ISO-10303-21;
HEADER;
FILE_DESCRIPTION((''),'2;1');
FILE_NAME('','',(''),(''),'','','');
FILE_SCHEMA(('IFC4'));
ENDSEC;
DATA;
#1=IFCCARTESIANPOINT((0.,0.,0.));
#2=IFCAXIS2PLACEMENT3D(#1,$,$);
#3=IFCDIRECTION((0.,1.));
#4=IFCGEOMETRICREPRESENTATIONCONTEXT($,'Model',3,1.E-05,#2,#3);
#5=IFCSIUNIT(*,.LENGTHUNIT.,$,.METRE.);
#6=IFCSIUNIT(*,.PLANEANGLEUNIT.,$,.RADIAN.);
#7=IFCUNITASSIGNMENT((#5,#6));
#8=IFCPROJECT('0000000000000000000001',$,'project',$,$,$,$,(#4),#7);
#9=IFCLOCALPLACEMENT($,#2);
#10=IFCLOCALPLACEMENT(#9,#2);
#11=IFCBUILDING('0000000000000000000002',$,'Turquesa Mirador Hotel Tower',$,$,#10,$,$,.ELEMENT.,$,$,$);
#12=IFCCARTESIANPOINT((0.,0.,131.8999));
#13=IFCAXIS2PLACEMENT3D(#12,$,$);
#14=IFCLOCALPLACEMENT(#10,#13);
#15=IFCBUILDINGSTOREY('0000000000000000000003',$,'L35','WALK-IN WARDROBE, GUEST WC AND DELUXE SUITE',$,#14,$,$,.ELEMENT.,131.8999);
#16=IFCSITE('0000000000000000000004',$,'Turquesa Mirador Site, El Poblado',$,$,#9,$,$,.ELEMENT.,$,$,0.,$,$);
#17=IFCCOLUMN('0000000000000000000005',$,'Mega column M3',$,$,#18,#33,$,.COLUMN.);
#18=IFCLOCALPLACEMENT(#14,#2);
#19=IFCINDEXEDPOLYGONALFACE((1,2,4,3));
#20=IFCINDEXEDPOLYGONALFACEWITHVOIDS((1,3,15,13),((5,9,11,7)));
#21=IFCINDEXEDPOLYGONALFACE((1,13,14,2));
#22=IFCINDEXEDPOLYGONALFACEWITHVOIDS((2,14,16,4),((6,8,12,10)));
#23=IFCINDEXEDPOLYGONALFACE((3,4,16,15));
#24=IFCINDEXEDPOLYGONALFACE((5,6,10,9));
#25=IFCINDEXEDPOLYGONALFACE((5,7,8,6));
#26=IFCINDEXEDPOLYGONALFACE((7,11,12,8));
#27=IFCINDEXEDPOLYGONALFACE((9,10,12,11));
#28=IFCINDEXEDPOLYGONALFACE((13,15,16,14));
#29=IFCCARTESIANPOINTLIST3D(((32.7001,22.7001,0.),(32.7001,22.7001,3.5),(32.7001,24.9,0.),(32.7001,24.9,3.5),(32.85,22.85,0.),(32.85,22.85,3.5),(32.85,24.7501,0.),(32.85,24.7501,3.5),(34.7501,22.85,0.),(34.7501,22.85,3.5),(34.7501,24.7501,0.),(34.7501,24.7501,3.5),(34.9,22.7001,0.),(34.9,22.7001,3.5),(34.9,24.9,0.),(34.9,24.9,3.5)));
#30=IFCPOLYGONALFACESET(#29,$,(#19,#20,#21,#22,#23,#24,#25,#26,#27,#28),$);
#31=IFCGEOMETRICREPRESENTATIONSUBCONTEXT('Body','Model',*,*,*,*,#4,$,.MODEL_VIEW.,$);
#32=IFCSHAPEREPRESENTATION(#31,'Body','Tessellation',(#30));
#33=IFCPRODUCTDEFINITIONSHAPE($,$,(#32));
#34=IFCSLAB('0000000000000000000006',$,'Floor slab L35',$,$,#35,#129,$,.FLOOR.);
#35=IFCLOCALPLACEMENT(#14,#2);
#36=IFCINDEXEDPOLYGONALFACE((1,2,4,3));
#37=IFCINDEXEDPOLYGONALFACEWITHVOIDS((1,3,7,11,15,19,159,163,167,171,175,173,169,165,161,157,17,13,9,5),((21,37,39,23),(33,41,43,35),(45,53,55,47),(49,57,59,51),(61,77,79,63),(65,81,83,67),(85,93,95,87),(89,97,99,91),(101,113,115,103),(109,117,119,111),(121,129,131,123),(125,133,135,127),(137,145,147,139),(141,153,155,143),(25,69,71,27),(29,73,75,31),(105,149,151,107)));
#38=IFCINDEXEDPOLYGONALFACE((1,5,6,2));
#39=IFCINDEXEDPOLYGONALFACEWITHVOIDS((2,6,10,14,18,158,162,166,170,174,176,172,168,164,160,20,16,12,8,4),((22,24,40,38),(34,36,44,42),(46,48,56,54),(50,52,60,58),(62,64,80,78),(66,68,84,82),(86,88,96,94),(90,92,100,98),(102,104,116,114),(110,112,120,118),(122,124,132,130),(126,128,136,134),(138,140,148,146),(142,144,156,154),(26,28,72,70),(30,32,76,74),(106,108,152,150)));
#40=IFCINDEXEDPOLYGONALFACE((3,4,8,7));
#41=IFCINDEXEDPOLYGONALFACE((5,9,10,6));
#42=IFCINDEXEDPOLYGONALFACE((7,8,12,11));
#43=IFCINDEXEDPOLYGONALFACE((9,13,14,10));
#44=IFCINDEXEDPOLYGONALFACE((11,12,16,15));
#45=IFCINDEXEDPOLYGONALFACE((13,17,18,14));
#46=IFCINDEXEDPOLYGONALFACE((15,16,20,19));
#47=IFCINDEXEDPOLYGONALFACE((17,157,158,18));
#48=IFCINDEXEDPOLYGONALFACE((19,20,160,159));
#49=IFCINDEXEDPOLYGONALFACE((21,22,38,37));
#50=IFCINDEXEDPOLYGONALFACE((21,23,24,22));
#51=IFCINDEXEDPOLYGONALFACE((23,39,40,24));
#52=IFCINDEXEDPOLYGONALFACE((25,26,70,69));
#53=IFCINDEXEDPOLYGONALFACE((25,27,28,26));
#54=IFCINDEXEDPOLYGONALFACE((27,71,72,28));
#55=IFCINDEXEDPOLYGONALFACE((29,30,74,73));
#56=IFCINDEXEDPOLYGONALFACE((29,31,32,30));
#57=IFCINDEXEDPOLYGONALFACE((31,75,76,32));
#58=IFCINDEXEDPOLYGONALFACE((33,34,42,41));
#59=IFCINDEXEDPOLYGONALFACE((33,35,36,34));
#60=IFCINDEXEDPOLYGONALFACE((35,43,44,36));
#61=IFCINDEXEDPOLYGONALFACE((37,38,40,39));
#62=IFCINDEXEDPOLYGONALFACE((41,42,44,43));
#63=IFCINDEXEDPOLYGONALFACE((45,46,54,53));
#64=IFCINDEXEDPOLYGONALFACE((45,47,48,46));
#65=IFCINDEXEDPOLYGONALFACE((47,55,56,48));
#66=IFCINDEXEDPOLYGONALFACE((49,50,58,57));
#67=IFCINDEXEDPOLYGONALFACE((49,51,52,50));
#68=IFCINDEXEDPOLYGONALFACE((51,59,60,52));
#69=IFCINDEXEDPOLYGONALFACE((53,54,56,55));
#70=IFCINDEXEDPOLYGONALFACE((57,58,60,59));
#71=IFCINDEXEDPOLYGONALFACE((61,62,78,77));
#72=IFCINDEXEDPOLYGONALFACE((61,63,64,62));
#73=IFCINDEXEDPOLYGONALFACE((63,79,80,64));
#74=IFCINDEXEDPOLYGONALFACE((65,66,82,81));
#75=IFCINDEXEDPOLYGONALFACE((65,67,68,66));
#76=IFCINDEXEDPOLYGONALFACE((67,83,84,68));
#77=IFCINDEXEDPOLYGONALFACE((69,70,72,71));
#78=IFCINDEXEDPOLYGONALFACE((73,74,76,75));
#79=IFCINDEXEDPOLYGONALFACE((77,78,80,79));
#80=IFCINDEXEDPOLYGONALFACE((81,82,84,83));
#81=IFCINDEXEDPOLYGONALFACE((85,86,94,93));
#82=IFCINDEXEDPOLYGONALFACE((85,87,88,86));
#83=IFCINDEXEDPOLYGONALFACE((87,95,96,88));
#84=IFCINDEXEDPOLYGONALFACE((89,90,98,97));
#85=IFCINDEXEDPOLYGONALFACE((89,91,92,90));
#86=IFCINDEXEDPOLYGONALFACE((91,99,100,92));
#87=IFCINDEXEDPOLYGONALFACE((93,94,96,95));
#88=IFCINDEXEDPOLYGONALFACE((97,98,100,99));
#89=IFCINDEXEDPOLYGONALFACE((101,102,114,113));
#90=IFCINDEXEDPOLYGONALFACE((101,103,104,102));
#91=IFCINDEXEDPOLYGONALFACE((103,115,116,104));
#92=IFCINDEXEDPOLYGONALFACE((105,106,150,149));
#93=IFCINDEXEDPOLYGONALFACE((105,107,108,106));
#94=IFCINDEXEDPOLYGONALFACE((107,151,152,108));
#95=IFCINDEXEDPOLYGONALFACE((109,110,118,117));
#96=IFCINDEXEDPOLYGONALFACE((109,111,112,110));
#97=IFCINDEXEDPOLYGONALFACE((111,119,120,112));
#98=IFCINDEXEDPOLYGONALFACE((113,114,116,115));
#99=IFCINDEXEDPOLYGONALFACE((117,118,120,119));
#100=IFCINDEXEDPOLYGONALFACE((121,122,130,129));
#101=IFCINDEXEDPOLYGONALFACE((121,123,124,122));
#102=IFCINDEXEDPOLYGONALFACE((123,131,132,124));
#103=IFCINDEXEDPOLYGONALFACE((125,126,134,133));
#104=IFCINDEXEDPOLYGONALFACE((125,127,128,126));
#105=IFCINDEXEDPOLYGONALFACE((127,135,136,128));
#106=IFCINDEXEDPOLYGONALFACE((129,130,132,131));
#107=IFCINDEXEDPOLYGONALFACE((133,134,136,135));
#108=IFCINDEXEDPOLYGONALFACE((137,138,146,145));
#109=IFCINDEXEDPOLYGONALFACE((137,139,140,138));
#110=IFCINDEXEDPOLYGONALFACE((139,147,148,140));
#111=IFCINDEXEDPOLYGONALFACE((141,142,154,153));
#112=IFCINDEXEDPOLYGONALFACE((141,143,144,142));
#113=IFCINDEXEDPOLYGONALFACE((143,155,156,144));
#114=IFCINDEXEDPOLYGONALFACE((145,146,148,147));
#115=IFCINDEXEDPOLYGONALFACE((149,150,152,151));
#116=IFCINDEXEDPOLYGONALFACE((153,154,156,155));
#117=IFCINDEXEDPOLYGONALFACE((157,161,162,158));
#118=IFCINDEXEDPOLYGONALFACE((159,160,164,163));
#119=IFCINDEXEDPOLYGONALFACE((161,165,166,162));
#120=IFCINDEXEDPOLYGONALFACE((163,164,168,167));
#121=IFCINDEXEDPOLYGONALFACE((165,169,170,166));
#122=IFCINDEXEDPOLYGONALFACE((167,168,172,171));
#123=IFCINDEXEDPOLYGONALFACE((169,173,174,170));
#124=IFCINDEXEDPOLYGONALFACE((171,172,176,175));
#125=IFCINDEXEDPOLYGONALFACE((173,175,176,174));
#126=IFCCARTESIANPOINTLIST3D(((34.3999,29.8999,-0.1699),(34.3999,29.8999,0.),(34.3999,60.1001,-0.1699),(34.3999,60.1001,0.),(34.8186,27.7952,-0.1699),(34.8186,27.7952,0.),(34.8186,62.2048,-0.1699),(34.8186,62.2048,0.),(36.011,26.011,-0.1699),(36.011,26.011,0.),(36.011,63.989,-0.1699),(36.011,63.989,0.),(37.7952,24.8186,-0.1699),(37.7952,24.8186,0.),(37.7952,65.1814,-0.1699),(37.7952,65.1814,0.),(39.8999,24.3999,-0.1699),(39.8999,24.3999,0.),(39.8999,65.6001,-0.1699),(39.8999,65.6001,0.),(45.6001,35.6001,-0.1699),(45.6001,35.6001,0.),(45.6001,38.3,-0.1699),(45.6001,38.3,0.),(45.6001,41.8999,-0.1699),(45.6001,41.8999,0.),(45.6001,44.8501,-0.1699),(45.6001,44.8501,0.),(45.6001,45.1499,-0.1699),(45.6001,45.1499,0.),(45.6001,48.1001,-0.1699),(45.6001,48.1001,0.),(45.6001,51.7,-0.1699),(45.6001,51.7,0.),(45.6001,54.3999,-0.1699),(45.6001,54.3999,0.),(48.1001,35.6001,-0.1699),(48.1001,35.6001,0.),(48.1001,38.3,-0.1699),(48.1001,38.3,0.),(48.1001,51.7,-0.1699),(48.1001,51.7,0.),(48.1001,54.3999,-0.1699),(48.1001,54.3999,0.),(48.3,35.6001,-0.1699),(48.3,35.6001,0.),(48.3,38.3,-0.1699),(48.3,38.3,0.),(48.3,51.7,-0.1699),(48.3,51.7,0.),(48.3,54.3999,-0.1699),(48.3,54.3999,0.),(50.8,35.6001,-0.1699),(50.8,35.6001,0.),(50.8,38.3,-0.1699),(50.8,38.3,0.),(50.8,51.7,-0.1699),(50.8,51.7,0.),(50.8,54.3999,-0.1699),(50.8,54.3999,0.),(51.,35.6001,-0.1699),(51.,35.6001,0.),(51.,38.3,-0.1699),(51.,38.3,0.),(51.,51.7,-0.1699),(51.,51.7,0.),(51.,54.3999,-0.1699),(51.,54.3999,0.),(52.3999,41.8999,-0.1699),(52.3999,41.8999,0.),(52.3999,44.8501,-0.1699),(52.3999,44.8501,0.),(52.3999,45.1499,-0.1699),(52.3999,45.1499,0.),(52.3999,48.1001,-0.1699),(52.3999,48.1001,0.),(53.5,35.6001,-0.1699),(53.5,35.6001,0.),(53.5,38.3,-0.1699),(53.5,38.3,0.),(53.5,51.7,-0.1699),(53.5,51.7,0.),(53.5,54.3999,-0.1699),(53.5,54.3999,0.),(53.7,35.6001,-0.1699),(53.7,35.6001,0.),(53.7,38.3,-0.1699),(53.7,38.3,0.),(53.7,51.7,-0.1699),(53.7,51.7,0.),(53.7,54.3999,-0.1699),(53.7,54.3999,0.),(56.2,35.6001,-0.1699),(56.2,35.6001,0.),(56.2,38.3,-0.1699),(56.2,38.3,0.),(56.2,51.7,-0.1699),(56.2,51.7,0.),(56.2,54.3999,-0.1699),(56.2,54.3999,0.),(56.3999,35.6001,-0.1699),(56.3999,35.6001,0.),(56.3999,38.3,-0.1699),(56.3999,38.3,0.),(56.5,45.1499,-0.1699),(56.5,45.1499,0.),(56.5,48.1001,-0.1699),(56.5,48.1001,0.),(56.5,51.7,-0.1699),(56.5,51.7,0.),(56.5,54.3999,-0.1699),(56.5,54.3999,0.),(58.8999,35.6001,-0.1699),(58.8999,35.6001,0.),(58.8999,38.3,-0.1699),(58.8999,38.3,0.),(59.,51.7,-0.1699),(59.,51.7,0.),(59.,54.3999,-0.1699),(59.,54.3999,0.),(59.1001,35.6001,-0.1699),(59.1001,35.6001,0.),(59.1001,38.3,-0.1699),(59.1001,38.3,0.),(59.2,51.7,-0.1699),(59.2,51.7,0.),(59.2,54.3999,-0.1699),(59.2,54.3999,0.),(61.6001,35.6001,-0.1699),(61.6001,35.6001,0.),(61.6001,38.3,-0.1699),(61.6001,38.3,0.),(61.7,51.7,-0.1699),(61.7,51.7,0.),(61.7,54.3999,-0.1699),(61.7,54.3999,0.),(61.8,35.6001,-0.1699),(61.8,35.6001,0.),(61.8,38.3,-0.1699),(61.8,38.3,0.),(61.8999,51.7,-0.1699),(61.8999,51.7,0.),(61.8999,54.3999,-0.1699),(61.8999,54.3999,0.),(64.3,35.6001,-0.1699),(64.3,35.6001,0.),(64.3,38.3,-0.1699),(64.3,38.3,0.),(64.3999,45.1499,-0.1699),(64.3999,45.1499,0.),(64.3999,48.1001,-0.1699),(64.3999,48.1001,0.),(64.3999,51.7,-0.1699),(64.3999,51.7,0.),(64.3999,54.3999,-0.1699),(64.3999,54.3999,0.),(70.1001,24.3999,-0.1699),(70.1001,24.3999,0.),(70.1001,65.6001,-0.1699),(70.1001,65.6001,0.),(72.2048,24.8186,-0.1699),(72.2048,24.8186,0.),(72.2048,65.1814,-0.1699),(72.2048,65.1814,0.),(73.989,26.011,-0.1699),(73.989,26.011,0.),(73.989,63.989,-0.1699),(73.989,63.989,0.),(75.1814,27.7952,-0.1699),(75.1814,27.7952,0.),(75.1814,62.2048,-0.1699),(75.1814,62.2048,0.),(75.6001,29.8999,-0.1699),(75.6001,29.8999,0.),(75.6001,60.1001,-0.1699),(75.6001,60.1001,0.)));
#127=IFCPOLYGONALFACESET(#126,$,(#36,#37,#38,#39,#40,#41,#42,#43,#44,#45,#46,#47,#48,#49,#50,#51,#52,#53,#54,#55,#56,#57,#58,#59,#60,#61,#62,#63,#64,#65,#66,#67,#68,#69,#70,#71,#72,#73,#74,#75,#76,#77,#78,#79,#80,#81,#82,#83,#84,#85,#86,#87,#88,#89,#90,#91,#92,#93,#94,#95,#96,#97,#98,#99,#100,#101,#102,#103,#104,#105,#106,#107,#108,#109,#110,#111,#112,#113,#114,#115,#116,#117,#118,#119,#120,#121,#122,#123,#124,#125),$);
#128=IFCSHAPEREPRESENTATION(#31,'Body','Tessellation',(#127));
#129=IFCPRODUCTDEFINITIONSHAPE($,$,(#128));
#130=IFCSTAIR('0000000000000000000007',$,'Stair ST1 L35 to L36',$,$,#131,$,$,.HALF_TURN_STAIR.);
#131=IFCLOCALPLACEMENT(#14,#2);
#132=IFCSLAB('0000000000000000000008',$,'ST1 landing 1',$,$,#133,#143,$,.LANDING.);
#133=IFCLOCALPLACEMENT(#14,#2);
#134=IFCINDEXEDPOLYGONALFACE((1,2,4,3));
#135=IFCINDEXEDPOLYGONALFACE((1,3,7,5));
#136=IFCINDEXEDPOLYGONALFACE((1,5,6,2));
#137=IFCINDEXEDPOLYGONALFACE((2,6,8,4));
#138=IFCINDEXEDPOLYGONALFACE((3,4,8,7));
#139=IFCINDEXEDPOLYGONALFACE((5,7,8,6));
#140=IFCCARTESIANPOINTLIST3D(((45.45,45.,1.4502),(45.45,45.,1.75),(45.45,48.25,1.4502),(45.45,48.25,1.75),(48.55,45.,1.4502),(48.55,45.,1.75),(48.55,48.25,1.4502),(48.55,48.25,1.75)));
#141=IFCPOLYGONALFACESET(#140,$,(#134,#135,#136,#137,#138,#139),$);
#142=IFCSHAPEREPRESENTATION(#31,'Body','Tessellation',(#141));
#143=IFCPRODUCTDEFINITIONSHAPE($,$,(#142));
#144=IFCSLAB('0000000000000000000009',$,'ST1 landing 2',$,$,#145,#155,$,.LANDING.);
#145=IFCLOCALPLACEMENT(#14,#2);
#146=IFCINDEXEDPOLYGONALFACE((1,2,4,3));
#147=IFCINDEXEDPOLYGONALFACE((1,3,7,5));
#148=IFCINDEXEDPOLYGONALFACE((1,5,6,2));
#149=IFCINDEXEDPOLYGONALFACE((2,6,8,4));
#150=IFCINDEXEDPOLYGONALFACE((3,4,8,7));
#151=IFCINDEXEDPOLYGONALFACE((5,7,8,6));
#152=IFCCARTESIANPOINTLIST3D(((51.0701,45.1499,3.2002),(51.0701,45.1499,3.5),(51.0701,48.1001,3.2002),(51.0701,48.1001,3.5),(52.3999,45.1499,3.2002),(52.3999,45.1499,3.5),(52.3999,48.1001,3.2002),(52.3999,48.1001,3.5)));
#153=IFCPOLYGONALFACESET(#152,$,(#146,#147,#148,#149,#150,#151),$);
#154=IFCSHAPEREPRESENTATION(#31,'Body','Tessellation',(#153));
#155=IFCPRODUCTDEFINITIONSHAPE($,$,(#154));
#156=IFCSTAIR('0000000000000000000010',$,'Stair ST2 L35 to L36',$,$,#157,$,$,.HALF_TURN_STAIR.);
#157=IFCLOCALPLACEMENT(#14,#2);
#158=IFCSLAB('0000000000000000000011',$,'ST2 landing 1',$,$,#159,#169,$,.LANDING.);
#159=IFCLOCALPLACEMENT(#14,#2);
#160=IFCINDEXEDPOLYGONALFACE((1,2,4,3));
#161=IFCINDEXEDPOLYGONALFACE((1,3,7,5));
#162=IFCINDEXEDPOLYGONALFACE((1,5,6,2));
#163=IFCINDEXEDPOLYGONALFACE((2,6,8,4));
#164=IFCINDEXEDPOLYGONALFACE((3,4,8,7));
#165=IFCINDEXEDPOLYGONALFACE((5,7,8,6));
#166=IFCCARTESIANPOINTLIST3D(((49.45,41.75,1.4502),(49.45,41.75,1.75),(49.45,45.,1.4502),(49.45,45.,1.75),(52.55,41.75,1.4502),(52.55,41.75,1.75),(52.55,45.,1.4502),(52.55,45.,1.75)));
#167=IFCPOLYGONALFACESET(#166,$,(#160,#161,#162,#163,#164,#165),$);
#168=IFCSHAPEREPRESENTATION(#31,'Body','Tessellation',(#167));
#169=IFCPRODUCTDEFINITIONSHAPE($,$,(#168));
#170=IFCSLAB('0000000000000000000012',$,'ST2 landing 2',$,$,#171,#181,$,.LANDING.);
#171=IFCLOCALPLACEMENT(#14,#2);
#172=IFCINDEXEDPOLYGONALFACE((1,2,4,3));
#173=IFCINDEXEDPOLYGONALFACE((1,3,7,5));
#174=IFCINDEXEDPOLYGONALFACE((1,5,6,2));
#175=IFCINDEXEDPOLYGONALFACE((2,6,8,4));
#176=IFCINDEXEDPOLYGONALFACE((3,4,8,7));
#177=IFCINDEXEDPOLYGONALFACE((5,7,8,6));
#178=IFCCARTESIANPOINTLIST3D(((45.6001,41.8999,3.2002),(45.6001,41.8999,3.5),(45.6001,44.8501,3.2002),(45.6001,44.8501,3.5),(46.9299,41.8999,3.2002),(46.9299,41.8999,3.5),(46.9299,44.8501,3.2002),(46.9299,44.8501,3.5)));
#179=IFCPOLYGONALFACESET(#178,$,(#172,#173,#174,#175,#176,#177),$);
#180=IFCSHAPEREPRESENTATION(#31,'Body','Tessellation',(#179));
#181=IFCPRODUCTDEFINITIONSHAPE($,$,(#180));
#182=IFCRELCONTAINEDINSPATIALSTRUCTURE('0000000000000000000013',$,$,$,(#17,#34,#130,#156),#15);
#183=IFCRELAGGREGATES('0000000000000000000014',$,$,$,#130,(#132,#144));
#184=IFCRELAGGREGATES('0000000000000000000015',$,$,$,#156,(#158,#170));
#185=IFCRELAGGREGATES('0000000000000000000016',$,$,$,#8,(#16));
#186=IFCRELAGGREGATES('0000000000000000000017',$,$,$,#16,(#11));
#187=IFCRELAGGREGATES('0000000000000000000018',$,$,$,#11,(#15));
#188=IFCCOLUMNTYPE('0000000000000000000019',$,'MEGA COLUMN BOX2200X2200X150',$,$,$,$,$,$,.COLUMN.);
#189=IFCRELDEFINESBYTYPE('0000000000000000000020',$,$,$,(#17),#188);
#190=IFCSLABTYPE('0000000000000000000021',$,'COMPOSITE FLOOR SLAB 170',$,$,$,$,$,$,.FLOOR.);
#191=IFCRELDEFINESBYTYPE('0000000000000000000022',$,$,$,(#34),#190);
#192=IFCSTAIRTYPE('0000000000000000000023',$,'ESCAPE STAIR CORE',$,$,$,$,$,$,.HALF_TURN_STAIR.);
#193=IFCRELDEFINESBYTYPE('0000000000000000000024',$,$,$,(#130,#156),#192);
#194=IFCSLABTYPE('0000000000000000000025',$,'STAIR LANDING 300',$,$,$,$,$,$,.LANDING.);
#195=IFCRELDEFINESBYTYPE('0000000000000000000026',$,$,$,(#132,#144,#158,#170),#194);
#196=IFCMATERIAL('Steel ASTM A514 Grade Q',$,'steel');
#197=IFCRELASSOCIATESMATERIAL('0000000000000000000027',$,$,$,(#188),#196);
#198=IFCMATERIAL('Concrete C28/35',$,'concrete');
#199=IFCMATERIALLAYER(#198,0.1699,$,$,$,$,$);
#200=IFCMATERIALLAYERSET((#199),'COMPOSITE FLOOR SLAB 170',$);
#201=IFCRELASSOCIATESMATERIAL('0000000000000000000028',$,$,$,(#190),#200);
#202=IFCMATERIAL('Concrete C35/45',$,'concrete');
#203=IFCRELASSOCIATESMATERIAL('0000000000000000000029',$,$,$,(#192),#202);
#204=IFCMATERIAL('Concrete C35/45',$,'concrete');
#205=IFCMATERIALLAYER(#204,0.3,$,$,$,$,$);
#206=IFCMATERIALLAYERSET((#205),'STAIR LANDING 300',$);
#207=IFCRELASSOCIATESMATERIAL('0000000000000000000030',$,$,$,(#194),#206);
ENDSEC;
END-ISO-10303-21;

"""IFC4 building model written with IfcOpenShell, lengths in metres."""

from ifc_helpers import new_model, si_unit, direction, frame, origin, origin_2d, place, context, subcontext, project, spatial, polyline, hollow_rectangle, outline, extrude, material, layer, layer_set, material_profile, profile_set, type_object, element, aggregate, save


model = new_model("IFC4")

# Units and contexts
model_context = context("Model", 3, precision=1e-05, world=origin(), true_north=direction((0.0, 1.0)))
body_context = subcontext(model_context, "Body", "Model", "MODEL_VIEW")
ifc_project = project(units=[si_unit("LENGTHUNIT", "METRE"), si_unit("PLANEANGLEUNIT", "RADIAN")], contexts=[model_context])

# Site, building, storey
site_placement = place(None, origin())
site = spatial("IfcSite", under=ifc_project, at=site_placement, Name="Turquesa Mirador Site, El Poblado", CompositionType="ELEMENT", RefElevation=0.0)
building_placement = place(site_placement, origin())
building = spatial("IfcBuilding", under=site, at=building_placement, Name="Turquesa Mirador Hotel Tower", CompositionType="ELEMENT")
storey_placement = place(building_placement, frame((0.0, 0.0, 131.8999)))
storey = spatial("IfcBuildingStorey", under=building, at=storey_placement, Name="L35", Description="WALK-IN WARDROBE, GUEST WC AND DELUXE SUITE", CompositionType="ELEMENT", Elevation=131.8999)

# Column
ifc_material_1 = material(Name="Steel ASTM A514 Grade Q", Category="steel")
ifc_material_profile = material_profile(ifc_material_1, hollow_rectangle(XDim=2.2, YDim=2.2, WallThickness=0.1499, at=origin_2d()), Name="BOX2200X2200X150")
ifc_profile_set = profile_set([ifc_material_profile], Name="Steel ASTM A514 Grade Q")
column_type = type_object("IfcColumnType", Name="MEGA COLUMN BOX2200X2200X150", PredefinedType="COLUMN", material=ifc_profile_set)
column_placement = place(storey_placement, frame((33.8, 23.8, 0.0), z_axis=(0.0, 0.0, 1.0), x_axis=(1.0, 0.0, 0.0)))
element("IfcColumn", 1, at=column_placement, inside=storey, type_object=column_type, Name="Mega column M3", PredefinedType="COLUMN", context=body_context, shape_type="SweptSolid", body=[
    extrude(hollow_rectangle(XDim=2.2, YDim=2.2, WallThickness=0.1499, at=origin_2d()), origin(), (0.0, 0.0, 1.0), 3.5),
])

# Slab
ifc_material_2 = material(Name="Concrete C28/35", Category="concrete")
ifc_layer_1 = layer(ifc_material_2, 0.1699)
ifc_layer_set_1 = layer_set([ifc_layer_1], Name="COMPOSITE FLOOR SLAB 170")
slab_type_1 = type_object("IfcSlabType", Name="COMPOSITE FLOOR SLAB 170", PredefinedType="FLOOR", material=ifc_layer_set_1)
slab_1_placement = place(storey_placement, frame((0.0, 0.0, -0.1699)))
element("IfcSlab", 2, at=slab_1_placement, inside=storey, type_object=slab_type_1, Name="Floor slab L35", PredefinedType="FLOOR", context=body_context, shape_type="SweptSolid", body=[
    extrude(outline(polyline([(70.1001, 24.3999), (72.2048, 24.8186), (73.989, 26.011), (75.1814, 27.7952), (75.6001, 29.8999), (75.6001, 60.1001), (75.1814, 62.2048), (73.989, 63.989), (72.2048, 65.1814), (70.1001, 65.6001), (39.8999, 65.6001), (37.7952, 65.1814), (36.011, 63.989), (34.8186, 62.2048), (34.3999, 60.1001), (34.3999, 29.8999), (34.8186, 27.7952), (36.011, 26.011), (37.7952, 24.8186), (39.8999, 24.3999), (70.1001, 24.3999)]), holes=[polyline([(45.6001, 51.7), (48.1001, 51.7), (48.1001, 54.3999), (45.6001, 54.3999), (45.6001, 51.7)]), polyline([(48.3, 51.7), (50.8, 51.7), (50.8, 54.3999), (48.3, 54.3999), (48.3, 51.7)]), polyline([(51.0, 51.7), (53.5, 51.7), (53.5, 54.3999), (51.0, 54.3999), (51.0, 51.7)]), polyline([(53.7, 51.7), (56.2, 51.7), (56.2, 54.3999), (53.7, 54.3999), (53.7, 51.7)]), polyline([(56.5, 51.7), (59.0, 51.7), (59.0, 54.3999), (56.5, 54.3999), (56.5, 51.7)]), polyline([(59.2, 51.7), (61.7, 51.7), (61.7, 54.3999), (59.2, 54.3999), (59.2, 51.7)]), polyline([(45.6001, 35.6001), (48.1001, 35.6001), (48.1001, 38.3), (45.6001, 38.3), (45.6001, 35.6001)]), polyline([(48.3, 35.6001), (50.8, 35.6001), (50.8, 38.3), (48.3, 38.3), (48.3, 35.6001)]), polyline([(51.0, 35.6001), (53.5, 35.6001), (53.5, 38.3), (51.0, 38.3), (51.0, 35.6001)]), polyline([(53.7, 35.6001), (56.2, 35.6001), (56.2, 38.3), (53.7, 38.3), (53.7, 35.6001)]), polyline([(56.3999, 35.6001), (58.8999, 35.6001), (58.8999, 38.3), (56.3999, 38.3), (56.3999, 35.6001)]), polyline([(59.1001, 35.6001), (61.6001, 35.6001), (61.6001, 38.3), (59.1001, 38.3), (59.1001, 35.6001)]), polyline([(61.8, 35.6001), (64.3, 35.6001), (64.3, 38.3), (61.8, 38.3), (61.8, 35.6001)]), polyline([(45.6001, 45.1499), (52.3999, 45.1499), (52.3999, 48.1001), (45.6001, 48.1001), (45.6001, 45.1499)]), polyline([(45.6001, 41.8999), (52.3999, 41.8999), (52.3999, 44.8501), (45.6001, 44.8501), (45.6001, 41.8999)]), polyline([(56.5, 45.1499), (64.3999, 45.1499), (64.3999, 48.1001), (56.5, 48.1001), (56.5, 45.1499)]), polyline([(61.8999, 51.7), (64.3999, 51.7), (64.3999, 54.3999), (61.8999, 54.3999), (61.8999, 51.7)])]), origin(), (0.0, 0.0, 1.0), 0.1699),
])

# Stairs, slabs
ifc_material_3 = material(Name="Concrete C35/45", Category="concrete")
stair_type = type_object("IfcStairType", Name="ESCAPE STAIR CORE", PredefinedType="HALF_TURN_STAIR", material=ifc_material_3)
stair_1_placement = place(storey_placement, origin())
stair_1 = element("IfcStair", 3, at=stair_1_placement, inside=storey, type_object=stair_type, Name="Stair ST1 L35 to L36", PredefinedType="HALF_TURN_STAIR")
ifc_material_4 = material(Name="Concrete C35/45", Category="concrete")
ifc_layer_2 = layer(ifc_material_4, 0.3)
ifc_layer_set_2 = layer_set([ifc_layer_2], Name="STAIR LANDING 300")
slab_type_2 = type_object("IfcSlabType", Name="STAIR LANDING 300", PredefinedType="LANDING", material=ifc_layer_set_2)
slab_2_placement = place(storey_placement, frame((0.0, 0.0, 1.4502)))
slab_2 = element("IfcSlab", 4, at=slab_2_placement, type_object=slab_type_2, Name="ST1 landing 1", PredefinedType="LANDING", context=body_context, shape_type="SweptSolid", body=[
    extrude(outline(polyline([(45.45, 45.0), (48.55, 45.0), (48.55, 48.25), (45.45, 48.25), (45.45, 45.0)])), origin(), (0.0, 0.0, 1.0), 0.2998),
])
slab_3_placement = place(storey_placement, frame((0.0, 0.0, 3.2002)))
slab_3 = element("IfcSlab", 5, at=slab_3_placement, type_object=slab_type_2, Name="ST1 landing 2", PredefinedType="LANDING", context=body_context, shape_type="SweptSolid", body=[
    extrude(outline(polyline([(51.0701, 45.1499), (52.3999, 45.1499), (52.3999, 48.1001), (51.0701, 48.1001), (51.0701, 45.1499)])), origin(), (0.0, 0.0, 1.0), 0.2998),
])
aggregate(stair_1, [slab_2, slab_3])
stair_2_placement = place(storey_placement, origin())
stair_2 = element("IfcStair", 6, at=stair_2_placement, inside=storey, type_object=stair_type, Name="Stair ST2 L35 to L36", PredefinedType="HALF_TURN_STAIR")
slab_4_placement = place(storey_placement, frame((0.0, 0.0, 1.4502)))
slab_4 = element("IfcSlab", 7, at=slab_4_placement, type_object=slab_type_2, Name="ST2 landing 1", PredefinedType="LANDING", context=body_context, shape_type="SweptSolid", body=[
    extrude(outline(polyline([(52.55, 45.0), (49.45, 45.0), (49.45, 41.75), (52.55, 41.75), (52.55, 45.0)])), origin(), (0.0, 0.0, 1.0), 0.2998),
])
slab_5_placement = place(storey_placement, frame((0.0, 0.0, 3.2002)))
slab_5 = element("IfcSlab", 8, at=slab_5_placement, type_object=slab_type_2, Name="ST2 landing 2", PredefinedType="LANDING", context=body_context, shape_type="SweptSolid", body=[
    extrude(outline(polyline([(46.9299, 44.8501), (45.6001, 44.8501), (45.6001, 41.8999), (46.9299, 41.8999), (46.9299, 44.8501)])), origin(), (0.0, 0.0, 1.0), 0.2998),
])
aggregate(stair_2, [slab_4, slab_5])

save(model, "model.ifc")
